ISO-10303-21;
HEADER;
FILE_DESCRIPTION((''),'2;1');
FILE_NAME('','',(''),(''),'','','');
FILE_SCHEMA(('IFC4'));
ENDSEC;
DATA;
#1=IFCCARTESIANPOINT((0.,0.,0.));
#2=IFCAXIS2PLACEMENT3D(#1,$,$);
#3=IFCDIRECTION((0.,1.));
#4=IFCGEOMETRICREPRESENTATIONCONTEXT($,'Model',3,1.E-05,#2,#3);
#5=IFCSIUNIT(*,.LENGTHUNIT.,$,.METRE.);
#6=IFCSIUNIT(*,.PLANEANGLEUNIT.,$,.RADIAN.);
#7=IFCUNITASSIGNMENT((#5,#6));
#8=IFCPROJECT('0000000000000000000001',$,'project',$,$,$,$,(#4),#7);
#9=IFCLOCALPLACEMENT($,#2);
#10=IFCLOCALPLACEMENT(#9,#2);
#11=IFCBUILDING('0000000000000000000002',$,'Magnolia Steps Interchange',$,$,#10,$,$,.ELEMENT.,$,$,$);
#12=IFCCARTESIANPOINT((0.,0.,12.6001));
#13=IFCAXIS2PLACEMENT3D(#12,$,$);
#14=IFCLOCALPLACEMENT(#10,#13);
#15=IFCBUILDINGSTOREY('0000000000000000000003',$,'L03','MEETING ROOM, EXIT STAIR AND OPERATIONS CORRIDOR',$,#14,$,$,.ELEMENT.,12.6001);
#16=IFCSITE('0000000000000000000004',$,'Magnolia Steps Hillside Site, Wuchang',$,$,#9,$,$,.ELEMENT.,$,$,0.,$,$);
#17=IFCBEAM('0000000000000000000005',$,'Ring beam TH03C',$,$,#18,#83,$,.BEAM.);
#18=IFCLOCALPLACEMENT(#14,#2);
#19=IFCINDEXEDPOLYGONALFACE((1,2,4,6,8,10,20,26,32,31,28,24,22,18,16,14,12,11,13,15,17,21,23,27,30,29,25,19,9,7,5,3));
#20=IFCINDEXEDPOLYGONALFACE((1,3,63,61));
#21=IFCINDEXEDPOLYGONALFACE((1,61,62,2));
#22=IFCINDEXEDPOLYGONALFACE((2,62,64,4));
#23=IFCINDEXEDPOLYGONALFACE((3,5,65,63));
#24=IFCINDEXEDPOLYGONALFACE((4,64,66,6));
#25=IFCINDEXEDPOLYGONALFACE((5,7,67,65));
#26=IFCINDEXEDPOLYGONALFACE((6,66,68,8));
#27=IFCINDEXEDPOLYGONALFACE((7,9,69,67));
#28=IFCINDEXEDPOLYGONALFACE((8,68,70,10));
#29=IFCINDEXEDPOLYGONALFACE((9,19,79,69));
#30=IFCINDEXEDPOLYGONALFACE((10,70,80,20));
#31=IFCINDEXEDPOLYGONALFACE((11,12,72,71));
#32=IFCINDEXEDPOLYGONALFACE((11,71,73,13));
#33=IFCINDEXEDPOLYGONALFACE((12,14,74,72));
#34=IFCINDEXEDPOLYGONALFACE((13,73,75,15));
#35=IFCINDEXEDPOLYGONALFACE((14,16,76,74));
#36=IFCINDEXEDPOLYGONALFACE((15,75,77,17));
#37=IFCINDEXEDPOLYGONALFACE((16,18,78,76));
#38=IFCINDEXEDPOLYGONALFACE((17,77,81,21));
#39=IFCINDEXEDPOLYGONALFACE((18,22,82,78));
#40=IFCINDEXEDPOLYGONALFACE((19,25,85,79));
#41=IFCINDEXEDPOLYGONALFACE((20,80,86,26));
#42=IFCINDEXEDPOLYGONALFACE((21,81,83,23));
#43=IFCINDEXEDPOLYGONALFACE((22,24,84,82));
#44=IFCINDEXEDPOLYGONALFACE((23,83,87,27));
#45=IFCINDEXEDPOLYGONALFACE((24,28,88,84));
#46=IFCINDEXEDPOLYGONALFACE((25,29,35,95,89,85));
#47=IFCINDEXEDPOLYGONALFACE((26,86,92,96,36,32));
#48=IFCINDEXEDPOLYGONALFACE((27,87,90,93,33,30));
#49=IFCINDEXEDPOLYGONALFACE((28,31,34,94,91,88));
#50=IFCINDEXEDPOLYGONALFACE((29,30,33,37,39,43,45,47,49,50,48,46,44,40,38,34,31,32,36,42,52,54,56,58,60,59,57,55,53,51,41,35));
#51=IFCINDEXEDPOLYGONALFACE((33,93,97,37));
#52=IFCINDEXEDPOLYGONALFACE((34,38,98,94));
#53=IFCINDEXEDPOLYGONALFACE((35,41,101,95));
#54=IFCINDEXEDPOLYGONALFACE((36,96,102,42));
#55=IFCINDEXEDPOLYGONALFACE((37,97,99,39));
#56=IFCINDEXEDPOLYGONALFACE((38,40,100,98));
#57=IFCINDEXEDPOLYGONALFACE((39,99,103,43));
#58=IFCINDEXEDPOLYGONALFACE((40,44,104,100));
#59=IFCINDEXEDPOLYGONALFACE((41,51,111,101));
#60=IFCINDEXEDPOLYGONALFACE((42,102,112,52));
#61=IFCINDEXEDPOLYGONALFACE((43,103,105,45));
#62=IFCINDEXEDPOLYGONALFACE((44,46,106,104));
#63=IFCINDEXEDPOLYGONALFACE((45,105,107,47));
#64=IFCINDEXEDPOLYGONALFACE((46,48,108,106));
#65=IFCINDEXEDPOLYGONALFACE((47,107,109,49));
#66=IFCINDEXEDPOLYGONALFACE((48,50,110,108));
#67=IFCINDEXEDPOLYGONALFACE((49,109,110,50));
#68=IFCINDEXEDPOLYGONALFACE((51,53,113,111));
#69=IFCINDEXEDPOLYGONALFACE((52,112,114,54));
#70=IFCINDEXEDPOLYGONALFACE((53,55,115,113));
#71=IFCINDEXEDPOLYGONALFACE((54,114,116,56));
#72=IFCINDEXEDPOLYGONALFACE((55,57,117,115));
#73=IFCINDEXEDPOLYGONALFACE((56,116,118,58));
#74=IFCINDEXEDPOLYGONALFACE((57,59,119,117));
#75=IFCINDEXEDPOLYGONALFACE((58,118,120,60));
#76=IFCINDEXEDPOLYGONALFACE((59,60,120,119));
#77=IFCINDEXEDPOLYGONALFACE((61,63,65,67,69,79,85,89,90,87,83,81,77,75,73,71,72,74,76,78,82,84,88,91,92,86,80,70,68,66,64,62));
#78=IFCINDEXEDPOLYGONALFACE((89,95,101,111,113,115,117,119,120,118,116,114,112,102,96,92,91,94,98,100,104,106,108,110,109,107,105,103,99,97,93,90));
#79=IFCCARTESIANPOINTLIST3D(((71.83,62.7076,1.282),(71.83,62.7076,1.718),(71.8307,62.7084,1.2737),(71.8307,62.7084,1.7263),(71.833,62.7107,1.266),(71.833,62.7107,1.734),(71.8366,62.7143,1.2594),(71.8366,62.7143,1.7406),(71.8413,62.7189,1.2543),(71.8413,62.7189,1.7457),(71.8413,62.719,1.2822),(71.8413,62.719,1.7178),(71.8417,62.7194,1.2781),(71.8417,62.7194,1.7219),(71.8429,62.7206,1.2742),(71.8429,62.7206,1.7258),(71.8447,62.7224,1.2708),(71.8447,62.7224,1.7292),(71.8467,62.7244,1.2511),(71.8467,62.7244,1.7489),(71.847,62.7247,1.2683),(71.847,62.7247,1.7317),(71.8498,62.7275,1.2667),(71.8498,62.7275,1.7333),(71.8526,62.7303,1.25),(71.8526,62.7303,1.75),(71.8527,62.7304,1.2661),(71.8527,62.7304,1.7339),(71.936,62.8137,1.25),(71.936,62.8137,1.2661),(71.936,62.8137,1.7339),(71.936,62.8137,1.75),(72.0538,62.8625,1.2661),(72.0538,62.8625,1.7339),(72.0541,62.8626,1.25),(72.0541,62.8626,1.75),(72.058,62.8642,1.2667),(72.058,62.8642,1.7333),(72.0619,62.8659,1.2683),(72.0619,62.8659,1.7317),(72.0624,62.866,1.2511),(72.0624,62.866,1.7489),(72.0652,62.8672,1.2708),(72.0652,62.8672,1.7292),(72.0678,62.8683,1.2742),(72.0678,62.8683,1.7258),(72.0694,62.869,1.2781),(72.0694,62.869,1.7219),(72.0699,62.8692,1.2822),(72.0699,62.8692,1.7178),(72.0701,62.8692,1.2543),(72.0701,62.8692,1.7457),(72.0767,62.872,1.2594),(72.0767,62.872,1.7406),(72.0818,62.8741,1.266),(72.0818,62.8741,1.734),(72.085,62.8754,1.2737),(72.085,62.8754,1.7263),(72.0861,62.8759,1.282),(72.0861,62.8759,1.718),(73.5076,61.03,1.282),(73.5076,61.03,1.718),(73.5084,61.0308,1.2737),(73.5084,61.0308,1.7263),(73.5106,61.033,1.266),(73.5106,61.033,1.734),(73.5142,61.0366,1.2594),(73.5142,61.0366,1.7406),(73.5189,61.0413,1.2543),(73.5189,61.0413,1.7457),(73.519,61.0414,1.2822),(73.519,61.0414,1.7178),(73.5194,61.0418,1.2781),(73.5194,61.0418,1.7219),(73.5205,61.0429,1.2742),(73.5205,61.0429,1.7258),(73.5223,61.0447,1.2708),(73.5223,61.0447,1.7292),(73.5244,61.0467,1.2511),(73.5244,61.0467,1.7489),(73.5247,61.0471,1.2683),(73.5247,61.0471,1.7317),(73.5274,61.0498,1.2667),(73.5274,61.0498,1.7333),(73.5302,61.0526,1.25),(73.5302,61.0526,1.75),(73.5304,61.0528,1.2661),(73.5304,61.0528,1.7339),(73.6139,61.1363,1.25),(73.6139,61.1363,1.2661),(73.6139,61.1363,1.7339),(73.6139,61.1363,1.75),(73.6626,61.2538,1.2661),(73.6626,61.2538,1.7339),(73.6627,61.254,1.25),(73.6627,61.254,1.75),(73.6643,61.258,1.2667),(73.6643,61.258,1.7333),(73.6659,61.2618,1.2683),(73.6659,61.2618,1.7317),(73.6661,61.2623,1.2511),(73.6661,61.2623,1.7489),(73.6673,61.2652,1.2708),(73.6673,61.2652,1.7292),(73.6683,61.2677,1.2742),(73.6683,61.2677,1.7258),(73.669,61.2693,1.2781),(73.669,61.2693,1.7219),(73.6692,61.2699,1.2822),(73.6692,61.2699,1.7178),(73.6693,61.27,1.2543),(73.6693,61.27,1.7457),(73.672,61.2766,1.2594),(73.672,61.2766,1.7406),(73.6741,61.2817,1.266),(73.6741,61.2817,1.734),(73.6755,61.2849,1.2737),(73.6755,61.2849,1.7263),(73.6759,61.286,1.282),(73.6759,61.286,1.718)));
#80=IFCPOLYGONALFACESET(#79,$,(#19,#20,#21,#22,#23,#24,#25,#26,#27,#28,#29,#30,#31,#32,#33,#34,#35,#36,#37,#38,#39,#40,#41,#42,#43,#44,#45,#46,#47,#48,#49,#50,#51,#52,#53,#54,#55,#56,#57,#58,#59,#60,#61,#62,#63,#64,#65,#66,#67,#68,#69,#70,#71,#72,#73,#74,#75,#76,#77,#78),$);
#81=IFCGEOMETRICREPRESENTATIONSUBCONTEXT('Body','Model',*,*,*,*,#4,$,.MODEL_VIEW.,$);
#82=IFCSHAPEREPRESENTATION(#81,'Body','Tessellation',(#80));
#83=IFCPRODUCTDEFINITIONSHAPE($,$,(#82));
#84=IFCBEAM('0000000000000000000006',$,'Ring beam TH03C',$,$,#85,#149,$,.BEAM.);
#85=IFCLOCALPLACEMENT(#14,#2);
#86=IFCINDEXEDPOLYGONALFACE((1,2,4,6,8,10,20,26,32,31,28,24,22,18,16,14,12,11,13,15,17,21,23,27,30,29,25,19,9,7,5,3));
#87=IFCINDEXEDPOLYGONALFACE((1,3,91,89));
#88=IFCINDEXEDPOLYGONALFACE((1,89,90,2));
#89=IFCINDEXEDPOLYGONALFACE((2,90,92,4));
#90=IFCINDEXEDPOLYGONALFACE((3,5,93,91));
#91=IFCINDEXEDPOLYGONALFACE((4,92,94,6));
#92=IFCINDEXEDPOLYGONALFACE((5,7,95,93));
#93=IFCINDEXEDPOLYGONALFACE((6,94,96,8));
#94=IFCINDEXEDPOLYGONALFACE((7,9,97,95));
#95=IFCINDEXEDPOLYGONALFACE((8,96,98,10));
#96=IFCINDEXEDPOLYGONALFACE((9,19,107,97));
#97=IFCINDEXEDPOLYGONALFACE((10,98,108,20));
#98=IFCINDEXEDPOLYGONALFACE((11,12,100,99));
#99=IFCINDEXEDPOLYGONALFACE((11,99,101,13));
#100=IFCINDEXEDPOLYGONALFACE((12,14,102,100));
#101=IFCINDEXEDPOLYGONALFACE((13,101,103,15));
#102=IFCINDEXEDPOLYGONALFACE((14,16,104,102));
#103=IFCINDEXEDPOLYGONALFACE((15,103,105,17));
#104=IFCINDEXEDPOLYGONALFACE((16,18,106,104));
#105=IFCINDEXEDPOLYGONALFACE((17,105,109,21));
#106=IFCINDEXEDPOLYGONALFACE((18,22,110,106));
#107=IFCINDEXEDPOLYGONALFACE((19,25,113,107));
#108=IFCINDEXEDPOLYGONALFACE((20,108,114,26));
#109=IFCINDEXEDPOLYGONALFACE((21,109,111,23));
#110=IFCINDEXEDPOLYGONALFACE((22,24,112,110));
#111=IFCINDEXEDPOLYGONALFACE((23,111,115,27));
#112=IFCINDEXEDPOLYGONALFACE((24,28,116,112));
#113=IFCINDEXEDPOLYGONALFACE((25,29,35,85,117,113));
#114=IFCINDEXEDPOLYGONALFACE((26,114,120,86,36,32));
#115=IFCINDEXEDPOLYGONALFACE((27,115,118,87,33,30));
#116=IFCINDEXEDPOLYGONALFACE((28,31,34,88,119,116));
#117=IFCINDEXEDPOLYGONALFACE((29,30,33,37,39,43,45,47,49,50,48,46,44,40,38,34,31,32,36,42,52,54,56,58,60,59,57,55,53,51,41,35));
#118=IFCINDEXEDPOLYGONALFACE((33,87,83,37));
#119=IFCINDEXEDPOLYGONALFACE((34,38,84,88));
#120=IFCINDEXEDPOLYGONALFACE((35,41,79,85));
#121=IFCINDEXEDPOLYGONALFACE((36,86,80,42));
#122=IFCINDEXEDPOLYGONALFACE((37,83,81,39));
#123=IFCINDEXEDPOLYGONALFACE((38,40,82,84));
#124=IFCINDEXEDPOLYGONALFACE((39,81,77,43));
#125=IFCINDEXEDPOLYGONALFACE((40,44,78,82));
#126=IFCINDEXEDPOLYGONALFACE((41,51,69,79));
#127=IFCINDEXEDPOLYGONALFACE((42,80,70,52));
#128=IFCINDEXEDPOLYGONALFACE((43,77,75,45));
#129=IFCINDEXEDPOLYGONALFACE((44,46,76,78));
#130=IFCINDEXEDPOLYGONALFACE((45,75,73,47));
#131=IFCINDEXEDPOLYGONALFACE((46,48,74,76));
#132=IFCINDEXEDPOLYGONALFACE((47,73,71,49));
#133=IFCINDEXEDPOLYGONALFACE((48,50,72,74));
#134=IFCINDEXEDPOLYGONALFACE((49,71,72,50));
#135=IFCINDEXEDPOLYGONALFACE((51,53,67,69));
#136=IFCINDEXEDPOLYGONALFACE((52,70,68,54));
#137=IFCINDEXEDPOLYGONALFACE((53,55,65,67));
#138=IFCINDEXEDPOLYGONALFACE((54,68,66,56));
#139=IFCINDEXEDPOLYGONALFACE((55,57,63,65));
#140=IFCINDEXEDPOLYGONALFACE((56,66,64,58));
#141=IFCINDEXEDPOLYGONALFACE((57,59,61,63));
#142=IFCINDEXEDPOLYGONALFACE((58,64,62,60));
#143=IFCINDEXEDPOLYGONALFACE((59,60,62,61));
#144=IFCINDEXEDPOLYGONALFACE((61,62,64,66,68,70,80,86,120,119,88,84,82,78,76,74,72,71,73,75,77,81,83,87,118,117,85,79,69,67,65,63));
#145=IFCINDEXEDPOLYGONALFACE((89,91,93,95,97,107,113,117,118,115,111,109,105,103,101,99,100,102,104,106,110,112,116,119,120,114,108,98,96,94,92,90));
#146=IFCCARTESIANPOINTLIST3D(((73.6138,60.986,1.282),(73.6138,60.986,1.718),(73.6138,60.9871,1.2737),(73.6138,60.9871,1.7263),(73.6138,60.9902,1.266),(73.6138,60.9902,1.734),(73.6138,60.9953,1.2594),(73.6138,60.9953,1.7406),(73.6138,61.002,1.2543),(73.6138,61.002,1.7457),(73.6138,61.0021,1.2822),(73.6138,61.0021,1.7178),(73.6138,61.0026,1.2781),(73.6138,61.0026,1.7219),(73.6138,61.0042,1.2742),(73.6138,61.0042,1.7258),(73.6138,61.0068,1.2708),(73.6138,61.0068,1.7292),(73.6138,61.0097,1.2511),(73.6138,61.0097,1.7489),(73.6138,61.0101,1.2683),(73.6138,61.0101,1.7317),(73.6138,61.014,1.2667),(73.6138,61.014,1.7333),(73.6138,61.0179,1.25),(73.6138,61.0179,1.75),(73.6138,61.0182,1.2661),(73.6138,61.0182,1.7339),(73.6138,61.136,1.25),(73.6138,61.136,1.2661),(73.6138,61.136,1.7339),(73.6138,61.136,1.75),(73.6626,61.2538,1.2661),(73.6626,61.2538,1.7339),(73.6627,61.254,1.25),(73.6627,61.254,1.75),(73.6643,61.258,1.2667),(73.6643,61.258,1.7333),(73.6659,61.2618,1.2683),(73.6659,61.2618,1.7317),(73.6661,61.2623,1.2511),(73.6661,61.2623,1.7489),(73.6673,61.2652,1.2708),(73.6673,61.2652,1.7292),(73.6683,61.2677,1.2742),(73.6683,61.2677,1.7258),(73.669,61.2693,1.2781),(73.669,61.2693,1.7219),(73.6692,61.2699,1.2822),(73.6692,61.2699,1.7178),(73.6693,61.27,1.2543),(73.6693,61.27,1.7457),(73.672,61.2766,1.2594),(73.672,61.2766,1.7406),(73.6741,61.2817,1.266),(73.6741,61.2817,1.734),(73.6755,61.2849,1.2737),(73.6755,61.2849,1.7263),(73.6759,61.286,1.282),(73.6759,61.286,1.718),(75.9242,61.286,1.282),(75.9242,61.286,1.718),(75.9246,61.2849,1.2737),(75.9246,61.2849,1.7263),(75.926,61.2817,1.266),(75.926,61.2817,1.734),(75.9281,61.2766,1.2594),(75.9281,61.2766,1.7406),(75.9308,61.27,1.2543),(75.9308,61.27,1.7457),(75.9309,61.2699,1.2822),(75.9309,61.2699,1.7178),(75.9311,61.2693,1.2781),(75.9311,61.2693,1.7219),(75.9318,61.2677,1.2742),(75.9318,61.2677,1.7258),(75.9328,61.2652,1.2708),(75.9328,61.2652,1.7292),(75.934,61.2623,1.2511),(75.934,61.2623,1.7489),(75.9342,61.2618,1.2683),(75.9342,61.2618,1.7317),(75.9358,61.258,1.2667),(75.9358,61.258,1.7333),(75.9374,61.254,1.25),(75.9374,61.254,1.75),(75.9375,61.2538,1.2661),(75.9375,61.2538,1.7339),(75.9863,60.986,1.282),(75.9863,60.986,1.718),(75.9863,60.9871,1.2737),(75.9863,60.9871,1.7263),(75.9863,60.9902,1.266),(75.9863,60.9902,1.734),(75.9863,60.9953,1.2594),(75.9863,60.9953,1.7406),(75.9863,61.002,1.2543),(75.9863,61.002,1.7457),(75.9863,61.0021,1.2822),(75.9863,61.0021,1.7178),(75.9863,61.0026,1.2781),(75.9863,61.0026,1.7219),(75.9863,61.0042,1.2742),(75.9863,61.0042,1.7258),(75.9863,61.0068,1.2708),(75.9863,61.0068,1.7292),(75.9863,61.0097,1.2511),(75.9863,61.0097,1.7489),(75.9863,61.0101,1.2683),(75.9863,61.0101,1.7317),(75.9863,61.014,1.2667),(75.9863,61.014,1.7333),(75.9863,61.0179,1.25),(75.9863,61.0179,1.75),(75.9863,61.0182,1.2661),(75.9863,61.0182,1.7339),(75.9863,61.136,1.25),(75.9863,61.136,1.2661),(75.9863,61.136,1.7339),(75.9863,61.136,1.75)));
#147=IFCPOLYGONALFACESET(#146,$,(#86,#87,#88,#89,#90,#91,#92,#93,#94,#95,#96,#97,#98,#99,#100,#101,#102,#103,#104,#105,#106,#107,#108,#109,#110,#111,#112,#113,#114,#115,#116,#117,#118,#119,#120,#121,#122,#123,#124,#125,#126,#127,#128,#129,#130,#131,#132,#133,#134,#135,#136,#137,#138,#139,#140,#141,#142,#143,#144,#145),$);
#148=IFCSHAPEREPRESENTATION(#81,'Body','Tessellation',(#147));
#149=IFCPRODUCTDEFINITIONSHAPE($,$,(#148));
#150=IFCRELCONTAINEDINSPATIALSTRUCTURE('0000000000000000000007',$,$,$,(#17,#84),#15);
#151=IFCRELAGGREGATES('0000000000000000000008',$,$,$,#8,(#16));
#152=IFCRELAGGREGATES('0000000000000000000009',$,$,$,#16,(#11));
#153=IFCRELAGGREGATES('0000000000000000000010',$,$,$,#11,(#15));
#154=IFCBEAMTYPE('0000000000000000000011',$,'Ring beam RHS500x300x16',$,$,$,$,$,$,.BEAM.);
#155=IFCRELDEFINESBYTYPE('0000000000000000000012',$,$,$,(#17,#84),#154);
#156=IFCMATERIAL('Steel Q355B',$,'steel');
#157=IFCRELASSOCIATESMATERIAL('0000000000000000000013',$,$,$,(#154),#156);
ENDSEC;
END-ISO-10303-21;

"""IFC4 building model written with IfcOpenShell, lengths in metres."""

from ifc_helpers import new_model, si_unit, direction, frame, origin, origin_2d, place, context, subcontext, project, spatial, hollow_rectangle, extrude, clip, halfspace, material, material_profile, profile_set, type_object, element, save


model = new_model("IFC4")

# Units and contexts
model_context = context("Model", 3, precision=1e-05, world=origin(), true_north=direction((0.0, 1.0)))
body_context = subcontext(model_context, "Body", "Model", "MODEL_VIEW")
ifc_project = project(units=[si_unit("LENGTHUNIT", "METRE"), si_unit("PLANEANGLEUNIT", "RADIAN")], contexts=[model_context])

# Site, building, storey
site_placement = place(None, origin())
site = spatial("IfcSite", under=ifc_project, at=site_placement, Name="Magnolia Steps Hillside Site, Wuchang", CompositionType="ELEMENT", RefElevation=0.0)
building_placement = place(site_placement, origin())
building = spatial("IfcBuilding", under=site, at=building_placement, Name="Magnolia Steps Interchange", CompositionType="ELEMENT")
storey_placement = place(building_placement, frame((0.0, 0.0, 12.6001)))
storey = spatial("IfcBuildingStorey", under=building, at=storey_placement, Name="L03", Description="MEETING ROOM, EXIT STAIR AND OPERATIONS CORRIDOR", CompositionType="ELEMENT", Elevation=12.6001)

# Beams
ifc_material_1 = material(Name="Steel Q355B", Category="steel")
ifc_material_profile_1 = material_profile(ifc_material_1, hollow_rectangle(XDim=0.3, YDim=0.5, WallThickness=0.0161, InnerFilletRadius=0.0161, OuterFilletRadius=0.032, at=origin_2d()), Name="RHS500x300x16")
ifc_profile_set_1 = profile_set([ifc_material_profile_1], Name="Steel Q355B")
beam_type_1 = type_object("IfcBeamType", Name="Ring beam RHS500x300x16", PredefinedType="BEAM", material=ifc_profile_set_1)
beam_1_placement = place(storey_placement, frame((71.936, 62.8137, 1.5), z_axis=(0.707107, -0.707107, 0.0), x_axis=(0.707107, 0.707107, 0.0)))
element("IfcBeam", 1, at=beam_1_placement, inside=storey, type_object=beam_type_1, Name="Ring beam TH03C", PredefinedType="BEAM", context=body_context, shape_type="Clipping", body=[
    clip(clip(extrude(hollow_rectangle(XDim=0.3, YDim=0.5, WallThickness=0.0161, InnerFilletRadius=0.0161, OuterFilletRadius=0.032, at=origin_2d()), origin(), (0.0, 0.0, 1.0), 2.3726), halfspace(frame((0.0, 0.0, 0.0), z_axis=(0.382683, 0.0, -0.92388), x_axis=(0.92388, 0.0, 0.382683)), False)), halfspace(frame((0.0, 0.0, 2.3727), z_axis=(0.382683, 0.0, 0.92388), x_axis=(0.92388, 0.0, -0.382683)), False)),
])
beam_2_placement = place(storey_placement, frame((73.6138, 61.136, 1.5), z_axis=(1.0, 0.0, 0.0), x_axis=(0.0, 1.0, 0.0)))
element("IfcBeam", 2, at=beam_2_placement, inside=storey, type_object=beam_type_1, Name="Ring beam TH03C", PredefinedType="BEAM", context=body_context, shape_type="Clipping", body=[
    clip(clip(extrude(hollow_rectangle(XDim=0.3, YDim=0.5, WallThickness=0.0161, InnerFilletRadius=0.0161, OuterFilletRadius=0.032, at=origin_2d()), origin(), (0.0, 0.0, 1.0), 2.3726), halfspace(frame((0.0, 0.0, 0.0), z_axis=(0.382683, 0.0, -0.92388), x_axis=(0.92388, 0.0, 0.382683)), False)), halfspace(frame((0.0, 0.0, 2.3726), z_axis=(0.382683, 0.0, 0.92388), x_axis=(0.92388, 0.0, -0.382683)), False)),
])

save(model, "model.ifc")
